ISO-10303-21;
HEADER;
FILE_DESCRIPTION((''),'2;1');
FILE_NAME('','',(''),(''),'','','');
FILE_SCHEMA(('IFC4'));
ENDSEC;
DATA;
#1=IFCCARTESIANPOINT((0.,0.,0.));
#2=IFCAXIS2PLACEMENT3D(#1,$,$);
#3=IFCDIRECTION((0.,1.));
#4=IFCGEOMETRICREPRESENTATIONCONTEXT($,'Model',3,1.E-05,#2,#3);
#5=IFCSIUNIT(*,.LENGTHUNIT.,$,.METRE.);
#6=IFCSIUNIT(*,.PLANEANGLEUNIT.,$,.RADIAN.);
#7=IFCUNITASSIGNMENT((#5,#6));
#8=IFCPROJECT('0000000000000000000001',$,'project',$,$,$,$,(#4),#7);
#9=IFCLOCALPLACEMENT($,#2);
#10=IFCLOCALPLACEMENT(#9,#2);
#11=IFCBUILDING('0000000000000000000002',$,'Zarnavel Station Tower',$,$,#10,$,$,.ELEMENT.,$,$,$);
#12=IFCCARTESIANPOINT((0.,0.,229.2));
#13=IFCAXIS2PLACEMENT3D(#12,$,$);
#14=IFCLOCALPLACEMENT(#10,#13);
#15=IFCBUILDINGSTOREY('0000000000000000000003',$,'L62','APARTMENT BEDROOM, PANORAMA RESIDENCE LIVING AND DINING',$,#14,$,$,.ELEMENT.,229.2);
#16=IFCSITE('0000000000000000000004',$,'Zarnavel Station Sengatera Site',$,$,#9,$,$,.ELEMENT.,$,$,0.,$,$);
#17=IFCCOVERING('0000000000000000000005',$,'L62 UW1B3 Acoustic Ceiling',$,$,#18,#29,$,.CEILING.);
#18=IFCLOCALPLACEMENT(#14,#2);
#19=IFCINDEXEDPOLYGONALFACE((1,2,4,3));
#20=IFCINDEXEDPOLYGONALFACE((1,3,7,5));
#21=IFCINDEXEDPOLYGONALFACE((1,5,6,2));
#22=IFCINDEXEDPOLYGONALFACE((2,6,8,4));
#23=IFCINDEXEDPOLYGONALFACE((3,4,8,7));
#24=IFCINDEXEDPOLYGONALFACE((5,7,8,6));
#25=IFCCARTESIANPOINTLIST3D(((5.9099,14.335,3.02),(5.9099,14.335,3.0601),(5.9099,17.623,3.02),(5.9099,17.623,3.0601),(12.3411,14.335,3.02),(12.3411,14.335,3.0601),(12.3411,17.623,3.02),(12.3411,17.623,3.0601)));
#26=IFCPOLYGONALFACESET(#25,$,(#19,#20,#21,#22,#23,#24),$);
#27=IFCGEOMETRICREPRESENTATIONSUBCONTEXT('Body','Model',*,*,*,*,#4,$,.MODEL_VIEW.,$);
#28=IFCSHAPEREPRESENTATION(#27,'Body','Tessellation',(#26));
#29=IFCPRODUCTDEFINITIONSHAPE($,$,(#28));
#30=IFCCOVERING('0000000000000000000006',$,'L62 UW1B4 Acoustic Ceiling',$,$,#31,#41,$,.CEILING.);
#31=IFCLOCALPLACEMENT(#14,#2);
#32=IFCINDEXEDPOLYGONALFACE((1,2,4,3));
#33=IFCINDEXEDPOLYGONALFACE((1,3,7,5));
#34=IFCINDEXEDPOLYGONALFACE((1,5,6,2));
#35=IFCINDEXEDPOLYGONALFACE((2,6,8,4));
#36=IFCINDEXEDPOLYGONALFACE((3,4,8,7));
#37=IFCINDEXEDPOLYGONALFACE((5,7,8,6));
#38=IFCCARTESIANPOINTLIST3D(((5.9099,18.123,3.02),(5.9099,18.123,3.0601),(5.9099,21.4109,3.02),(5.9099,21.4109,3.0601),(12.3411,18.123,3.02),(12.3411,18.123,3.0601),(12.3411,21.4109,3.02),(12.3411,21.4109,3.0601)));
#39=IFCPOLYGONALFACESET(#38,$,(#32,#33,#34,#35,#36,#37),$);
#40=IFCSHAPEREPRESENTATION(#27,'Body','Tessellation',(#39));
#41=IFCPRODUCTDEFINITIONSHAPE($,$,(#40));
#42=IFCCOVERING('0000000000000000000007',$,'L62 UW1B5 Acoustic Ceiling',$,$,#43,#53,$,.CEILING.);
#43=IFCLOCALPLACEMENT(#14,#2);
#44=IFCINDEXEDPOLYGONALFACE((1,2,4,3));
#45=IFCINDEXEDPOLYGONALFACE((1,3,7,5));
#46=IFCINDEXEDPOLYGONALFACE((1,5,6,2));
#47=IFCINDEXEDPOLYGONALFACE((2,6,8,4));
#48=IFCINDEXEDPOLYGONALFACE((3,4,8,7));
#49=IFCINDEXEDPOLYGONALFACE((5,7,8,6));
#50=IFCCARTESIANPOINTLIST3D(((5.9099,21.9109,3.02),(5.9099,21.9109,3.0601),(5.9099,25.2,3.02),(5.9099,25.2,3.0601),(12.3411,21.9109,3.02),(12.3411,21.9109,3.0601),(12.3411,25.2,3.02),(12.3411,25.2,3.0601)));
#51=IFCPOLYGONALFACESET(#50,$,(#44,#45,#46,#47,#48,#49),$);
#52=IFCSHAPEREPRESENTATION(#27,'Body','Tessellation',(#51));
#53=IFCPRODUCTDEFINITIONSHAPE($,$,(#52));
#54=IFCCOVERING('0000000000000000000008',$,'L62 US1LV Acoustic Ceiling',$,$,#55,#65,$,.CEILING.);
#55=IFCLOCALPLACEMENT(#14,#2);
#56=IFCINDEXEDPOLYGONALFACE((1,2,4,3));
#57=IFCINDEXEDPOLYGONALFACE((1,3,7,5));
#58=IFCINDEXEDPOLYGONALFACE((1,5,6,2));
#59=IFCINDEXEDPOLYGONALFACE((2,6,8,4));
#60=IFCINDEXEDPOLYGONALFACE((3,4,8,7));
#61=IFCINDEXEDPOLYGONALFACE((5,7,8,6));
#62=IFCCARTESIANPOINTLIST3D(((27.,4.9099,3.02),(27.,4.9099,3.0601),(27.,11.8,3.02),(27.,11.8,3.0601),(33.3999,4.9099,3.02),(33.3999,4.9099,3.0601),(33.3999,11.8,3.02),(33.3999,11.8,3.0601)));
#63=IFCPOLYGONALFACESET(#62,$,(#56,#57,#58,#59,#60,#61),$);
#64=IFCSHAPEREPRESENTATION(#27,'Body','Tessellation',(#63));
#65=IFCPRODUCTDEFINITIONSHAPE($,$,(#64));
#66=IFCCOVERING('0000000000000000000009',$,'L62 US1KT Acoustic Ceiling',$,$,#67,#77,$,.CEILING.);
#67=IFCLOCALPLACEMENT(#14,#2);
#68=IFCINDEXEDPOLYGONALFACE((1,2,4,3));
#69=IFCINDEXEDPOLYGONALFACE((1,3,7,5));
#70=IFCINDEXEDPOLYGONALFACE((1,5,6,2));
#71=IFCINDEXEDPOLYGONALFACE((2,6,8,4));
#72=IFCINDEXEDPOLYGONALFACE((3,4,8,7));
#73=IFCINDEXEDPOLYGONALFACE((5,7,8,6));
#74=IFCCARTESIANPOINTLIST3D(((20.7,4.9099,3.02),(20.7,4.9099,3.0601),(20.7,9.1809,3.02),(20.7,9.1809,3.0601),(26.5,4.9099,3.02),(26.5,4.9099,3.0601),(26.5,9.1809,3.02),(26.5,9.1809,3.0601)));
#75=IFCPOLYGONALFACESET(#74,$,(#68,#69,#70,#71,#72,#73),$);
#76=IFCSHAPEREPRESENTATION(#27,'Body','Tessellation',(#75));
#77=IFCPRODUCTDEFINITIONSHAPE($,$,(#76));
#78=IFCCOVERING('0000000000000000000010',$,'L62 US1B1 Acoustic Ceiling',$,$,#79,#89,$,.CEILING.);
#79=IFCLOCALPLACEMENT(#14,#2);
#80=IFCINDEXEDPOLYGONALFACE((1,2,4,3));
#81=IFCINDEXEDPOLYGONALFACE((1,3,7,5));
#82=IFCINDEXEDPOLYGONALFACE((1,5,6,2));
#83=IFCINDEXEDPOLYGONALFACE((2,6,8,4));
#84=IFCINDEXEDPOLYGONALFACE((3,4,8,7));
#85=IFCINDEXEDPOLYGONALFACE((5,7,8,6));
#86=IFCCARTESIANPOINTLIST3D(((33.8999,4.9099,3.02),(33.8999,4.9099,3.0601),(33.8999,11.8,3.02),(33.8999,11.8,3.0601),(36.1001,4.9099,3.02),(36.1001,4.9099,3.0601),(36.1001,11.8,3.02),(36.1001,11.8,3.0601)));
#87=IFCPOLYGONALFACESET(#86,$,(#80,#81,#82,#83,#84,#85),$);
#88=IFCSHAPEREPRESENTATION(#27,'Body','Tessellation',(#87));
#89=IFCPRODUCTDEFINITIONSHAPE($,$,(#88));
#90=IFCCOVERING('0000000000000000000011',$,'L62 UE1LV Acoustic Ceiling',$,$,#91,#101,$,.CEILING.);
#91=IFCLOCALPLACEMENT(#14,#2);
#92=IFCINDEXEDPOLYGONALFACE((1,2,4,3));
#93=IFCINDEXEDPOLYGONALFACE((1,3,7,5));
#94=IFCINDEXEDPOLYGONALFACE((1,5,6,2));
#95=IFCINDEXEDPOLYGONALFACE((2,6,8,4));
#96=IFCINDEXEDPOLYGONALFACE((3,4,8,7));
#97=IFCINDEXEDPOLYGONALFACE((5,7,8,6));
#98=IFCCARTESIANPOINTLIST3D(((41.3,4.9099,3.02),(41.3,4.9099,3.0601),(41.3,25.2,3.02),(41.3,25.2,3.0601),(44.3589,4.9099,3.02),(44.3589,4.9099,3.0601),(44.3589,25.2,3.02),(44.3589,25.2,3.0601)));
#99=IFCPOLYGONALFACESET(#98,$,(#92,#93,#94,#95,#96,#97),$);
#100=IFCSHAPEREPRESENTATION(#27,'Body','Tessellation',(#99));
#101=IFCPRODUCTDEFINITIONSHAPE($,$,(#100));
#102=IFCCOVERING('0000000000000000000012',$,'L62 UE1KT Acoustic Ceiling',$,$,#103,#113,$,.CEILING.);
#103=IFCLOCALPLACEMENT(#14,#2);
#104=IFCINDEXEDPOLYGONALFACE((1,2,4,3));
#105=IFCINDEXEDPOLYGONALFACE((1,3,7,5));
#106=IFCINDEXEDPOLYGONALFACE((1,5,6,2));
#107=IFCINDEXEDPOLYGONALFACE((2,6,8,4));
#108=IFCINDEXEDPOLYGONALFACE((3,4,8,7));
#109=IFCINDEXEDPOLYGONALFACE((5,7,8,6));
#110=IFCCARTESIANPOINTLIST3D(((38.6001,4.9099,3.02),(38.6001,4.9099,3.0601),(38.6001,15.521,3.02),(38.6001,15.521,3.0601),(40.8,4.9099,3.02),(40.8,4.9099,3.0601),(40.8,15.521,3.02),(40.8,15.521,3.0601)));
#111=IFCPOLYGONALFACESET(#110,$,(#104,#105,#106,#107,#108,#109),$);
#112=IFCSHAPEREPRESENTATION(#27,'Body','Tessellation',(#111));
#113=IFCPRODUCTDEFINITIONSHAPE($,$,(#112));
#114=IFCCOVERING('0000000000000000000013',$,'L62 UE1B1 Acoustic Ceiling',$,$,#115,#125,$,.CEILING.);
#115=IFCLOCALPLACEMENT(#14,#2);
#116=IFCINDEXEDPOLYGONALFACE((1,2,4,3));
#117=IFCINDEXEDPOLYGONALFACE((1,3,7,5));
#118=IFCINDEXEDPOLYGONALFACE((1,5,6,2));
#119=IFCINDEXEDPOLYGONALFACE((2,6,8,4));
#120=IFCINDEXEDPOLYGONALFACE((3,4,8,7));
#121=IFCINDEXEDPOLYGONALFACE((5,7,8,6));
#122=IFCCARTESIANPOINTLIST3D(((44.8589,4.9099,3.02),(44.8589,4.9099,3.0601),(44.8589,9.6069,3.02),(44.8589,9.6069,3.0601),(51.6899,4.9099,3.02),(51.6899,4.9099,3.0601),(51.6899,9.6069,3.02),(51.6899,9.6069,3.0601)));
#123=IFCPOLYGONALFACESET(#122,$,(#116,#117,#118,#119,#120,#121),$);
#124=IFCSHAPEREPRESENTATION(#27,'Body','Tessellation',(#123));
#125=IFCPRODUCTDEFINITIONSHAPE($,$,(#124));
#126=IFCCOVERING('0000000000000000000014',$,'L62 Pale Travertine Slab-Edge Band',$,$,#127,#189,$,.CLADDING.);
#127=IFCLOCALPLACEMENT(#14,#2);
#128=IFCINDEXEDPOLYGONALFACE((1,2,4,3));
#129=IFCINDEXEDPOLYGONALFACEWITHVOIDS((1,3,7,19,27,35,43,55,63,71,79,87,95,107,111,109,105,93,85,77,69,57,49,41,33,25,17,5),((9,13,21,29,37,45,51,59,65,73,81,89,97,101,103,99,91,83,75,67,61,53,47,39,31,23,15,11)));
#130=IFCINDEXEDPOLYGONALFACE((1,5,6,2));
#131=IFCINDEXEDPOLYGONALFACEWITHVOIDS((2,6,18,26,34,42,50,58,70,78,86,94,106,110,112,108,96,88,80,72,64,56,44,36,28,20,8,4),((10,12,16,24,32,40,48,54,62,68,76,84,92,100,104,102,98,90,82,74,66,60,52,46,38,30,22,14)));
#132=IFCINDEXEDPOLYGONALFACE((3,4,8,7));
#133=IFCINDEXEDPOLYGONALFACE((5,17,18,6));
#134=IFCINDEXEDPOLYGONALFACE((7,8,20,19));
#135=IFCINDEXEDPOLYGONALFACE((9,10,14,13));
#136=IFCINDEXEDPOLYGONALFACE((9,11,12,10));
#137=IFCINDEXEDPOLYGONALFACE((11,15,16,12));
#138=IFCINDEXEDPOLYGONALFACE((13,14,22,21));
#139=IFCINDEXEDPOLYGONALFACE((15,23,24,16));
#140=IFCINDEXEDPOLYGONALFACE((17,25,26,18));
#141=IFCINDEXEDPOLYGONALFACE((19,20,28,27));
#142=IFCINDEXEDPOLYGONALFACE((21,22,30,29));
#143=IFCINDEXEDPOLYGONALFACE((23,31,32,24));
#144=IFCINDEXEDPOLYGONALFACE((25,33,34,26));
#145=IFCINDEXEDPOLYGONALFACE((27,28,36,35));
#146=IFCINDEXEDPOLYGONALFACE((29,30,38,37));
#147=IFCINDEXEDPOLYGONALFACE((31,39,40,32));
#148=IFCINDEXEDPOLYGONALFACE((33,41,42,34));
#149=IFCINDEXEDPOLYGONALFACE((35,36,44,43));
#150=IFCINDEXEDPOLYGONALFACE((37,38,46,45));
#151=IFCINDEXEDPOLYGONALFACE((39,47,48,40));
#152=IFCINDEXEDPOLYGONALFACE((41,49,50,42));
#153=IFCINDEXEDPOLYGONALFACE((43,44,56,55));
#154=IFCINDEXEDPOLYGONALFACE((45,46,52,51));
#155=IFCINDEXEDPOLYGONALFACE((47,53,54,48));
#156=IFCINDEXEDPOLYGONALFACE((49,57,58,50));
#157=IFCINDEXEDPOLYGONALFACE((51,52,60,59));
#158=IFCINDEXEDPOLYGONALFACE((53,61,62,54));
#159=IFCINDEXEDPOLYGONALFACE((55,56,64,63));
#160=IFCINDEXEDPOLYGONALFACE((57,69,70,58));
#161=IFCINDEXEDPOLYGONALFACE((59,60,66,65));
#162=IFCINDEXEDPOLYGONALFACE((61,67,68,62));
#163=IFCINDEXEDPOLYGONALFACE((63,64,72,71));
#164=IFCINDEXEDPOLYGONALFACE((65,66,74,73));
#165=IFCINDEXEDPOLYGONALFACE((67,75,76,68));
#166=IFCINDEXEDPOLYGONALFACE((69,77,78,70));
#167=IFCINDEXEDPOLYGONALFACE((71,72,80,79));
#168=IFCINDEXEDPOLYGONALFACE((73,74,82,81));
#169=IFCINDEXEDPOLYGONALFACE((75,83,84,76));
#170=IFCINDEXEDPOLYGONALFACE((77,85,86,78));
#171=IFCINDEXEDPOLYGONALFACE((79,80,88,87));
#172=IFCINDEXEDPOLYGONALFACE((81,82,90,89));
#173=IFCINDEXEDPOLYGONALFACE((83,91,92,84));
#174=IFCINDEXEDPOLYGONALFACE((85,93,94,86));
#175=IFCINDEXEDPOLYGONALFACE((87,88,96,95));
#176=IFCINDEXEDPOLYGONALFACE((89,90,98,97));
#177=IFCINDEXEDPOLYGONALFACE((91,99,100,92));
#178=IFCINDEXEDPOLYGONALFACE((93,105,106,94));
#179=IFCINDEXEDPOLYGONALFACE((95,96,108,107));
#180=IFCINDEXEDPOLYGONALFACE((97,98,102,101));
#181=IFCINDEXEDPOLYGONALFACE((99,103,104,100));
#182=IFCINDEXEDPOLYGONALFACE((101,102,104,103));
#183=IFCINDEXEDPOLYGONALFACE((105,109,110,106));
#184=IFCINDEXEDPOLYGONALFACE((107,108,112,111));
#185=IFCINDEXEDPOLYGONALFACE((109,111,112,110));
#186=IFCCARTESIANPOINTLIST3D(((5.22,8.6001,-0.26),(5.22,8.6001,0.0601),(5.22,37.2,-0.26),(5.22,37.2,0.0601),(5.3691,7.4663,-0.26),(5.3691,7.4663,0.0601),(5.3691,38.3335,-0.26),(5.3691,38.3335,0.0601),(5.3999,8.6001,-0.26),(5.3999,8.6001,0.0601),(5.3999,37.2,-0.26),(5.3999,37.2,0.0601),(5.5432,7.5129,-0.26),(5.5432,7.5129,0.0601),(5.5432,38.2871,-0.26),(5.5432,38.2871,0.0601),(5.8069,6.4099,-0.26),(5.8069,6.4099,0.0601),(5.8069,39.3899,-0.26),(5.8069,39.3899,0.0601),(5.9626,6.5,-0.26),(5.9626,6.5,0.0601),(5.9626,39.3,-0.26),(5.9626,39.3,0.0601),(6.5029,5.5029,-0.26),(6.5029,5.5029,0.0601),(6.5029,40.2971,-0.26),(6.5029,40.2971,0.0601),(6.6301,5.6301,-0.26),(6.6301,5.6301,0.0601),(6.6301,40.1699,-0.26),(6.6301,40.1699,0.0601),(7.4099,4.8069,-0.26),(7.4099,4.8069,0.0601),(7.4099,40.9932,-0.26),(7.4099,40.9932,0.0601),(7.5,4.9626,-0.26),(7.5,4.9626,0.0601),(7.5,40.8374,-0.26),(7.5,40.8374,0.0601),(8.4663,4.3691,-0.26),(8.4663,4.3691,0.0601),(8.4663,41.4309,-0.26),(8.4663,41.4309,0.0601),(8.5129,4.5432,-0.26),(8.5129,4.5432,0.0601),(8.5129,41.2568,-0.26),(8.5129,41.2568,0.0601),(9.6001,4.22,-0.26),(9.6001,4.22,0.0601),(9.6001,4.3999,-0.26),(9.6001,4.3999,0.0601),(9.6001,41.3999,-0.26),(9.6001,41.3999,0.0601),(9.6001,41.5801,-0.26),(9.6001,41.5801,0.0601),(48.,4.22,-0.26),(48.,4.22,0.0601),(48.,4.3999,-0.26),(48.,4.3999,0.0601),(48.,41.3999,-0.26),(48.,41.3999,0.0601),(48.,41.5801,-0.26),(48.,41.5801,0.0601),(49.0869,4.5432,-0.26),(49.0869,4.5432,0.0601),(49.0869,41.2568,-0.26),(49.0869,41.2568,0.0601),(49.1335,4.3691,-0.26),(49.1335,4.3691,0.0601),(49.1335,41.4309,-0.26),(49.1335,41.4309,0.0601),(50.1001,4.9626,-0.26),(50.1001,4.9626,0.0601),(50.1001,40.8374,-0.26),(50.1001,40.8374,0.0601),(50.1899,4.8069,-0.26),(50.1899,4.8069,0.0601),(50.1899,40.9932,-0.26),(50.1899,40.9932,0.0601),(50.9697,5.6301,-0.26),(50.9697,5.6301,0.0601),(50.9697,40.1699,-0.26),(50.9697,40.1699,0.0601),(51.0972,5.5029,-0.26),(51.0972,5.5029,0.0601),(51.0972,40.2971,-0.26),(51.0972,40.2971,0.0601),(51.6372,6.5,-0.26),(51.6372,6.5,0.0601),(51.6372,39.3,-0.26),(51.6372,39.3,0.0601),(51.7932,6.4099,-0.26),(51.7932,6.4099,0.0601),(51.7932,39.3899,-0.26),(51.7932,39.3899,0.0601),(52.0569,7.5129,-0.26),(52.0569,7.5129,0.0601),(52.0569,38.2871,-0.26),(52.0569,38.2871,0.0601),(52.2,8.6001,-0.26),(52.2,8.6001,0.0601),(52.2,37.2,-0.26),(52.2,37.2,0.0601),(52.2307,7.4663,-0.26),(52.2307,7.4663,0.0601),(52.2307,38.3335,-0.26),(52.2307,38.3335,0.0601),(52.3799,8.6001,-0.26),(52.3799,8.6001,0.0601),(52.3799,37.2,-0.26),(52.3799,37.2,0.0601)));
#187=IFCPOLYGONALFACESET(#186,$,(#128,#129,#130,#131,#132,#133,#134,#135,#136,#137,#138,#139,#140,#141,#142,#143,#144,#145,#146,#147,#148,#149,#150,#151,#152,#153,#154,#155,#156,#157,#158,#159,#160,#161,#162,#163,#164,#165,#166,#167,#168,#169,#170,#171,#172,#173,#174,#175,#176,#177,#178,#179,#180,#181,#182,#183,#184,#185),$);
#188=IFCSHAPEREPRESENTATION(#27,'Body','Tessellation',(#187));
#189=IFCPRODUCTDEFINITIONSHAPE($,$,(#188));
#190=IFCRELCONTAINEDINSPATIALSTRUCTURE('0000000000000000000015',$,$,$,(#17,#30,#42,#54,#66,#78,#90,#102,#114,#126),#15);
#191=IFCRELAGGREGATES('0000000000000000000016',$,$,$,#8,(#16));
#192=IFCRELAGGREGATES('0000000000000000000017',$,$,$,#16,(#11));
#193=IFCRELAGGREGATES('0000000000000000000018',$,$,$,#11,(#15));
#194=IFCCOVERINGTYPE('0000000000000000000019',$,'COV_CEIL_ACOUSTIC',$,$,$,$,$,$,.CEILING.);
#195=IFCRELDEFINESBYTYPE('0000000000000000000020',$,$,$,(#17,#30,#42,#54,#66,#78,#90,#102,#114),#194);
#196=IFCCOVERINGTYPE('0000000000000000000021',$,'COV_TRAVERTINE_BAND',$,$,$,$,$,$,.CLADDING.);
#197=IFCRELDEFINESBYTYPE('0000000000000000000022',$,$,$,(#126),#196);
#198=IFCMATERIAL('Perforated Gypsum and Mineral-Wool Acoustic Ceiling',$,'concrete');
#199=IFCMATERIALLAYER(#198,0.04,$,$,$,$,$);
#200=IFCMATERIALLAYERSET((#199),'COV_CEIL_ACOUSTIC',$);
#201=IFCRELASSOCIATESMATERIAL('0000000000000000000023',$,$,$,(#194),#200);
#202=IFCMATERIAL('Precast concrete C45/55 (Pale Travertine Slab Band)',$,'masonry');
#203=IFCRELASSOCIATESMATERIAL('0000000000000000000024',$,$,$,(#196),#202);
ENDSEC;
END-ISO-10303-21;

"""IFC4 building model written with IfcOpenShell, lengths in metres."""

from ifc_helpers import new_model, si_unit, direction, frame, origin, place, context, subcontext, project, spatial, polyline, outline, extrude, material, layer, layer_set, type_object, element, save


model = new_model("IFC4")

# Units and contexts
model_context = context("Model", 3, precision=1e-05, world=origin(), true_north=direction((0.0, 1.0)))
body_context = subcontext(model_context, "Body", "Model", "MODEL_VIEW")
ifc_project = project(units=[si_unit("LENGTHUNIT", "METRE"), si_unit("PLANEANGLEUNIT", "RADIAN")], contexts=[model_context])

# Site, building, storey
site_placement = place(None, origin())
site = spatial("IfcSite", under=ifc_project, at=site_placement, Name="Zarnavel Station Sengatera Site", CompositionType="ELEMENT", RefElevation=0.0)
building_placement = place(site_placement, origin())
building = spatial("IfcBuilding", under=site, at=building_placement, Name="Zarnavel Station Tower", CompositionType="ELEMENT")
storey_placement = place(building_placement, frame((0.0, 0.0, 229.2)))
storey = spatial("IfcBuildingStorey", under=building, at=storey_placement, Name="L62", Description="APARTMENT BEDROOM, PANORAMA RESIDENCE LIVING AND DINING", CompositionType="ELEMENT", Elevation=229.2)

# Coverings
ifc_material_1 = material(Name="Perforated Gypsum and Mineral-Wool Acoustic Ceiling", Category="concrete")
ifc_layer_1 = layer(ifc_material_1, 0.04)
ifc_layer_set_1 = layer_set([ifc_layer_1], Name="COV_CEIL_ACOUSTIC")
covering_type_1 = type_object("IfcCoveringType", Name="COV_CEIL_ACOUSTIC", PredefinedType="CEILING", material=ifc_layer_set_1)
covering_1_placement = place(storey_placement, frame((0.0, 0.0, 3.02)))
element("IfcCovering", 1, at=covering_1_placement, inside=storey, type_object=covering_type_1, Name="L62 UW1B3 Acoustic Ceiling", PredefinedType="CEILING", context=body_context, shape_type="SweptSolid", body=[
    extrude(outline(polyline([(5.9099, 14.335), (12.3411, 14.335), (12.3411, 17.623), (5.9099, 17.623), (5.9099, 14.335)])), origin(), (0.0, 0.0, 1.0), 0.04),
])
covering_2_placement = place(storey_placement, frame((0.0, 0.0, 3.02)))
element("IfcCovering", 2, at=covering_2_placement, inside=storey, type_object=covering_type_1, Name="L62 UW1B4 Acoustic Ceiling", PredefinedType="CEILING", context=body_context, shape_type="SweptSolid", body=[
    extrude(outline(polyline([(5.9099, 18.123), (12.3411, 18.123), (12.3411, 21.4109), (5.9099, 21.4109), (5.9099, 18.123)])), origin(), (0.0, 0.0, 1.0), 0.04),
])
covering_3_placement = place(storey_placement, frame((0.0, 0.0, 3.02)))
element("IfcCovering", 3, at=covering_3_placement, inside=storey, type_object=covering_type_1, Name="L62 UW1B5 Acoustic Ceiling", PredefinedType="CEILING", context=body_context, shape_type="SweptSolid", body=[
    extrude(outline(polyline([(5.9099, 21.9109), (12.3411, 21.9109), (12.3411, 25.2), (5.9099, 25.2), (5.9099, 21.9109)])), origin(), (0.0, 0.0, 1.0), 0.04),
])
covering_4_placement = place(storey_placement, frame((0.0, 0.0, 3.02)))
element("IfcCovering", 4, at=covering_4_placement, inside=storey, type_object=covering_type_1, Name="L62 US1LV Acoustic Ceiling", PredefinedType="CEILING", context=body_context, shape_type="SweptSolid", body=[
    extrude(outline(polyline([(27.0, 4.9099), (33.3999, 4.9099), (33.3999, 11.8), (27.0, 11.8), (27.0, 4.9099)])), origin(), (0.0, 0.0, 1.0), 0.04),
])
covering_5_placement = place(storey_placement, frame((0.0, 0.0, 3.02)))
element("IfcCovering", 5, at=covering_5_placement, inside=storey, type_object=covering_type_1, Name="L62 US1KT Acoustic Ceiling", PredefinedType="CEILING", context=body_context, shape_type="SweptSolid", body=[
    extrude(outline(polyline([(20.7, 4.9099), (26.5, 4.9099), (26.5, 9.1809), (20.7, 9.1809), (20.7, 4.9099)])), origin(), (0.0, 0.0, 1.0), 0.04),
])
covering_6_placement = place(storey_placement, frame((0.0, 0.0, 3.02)))
element("IfcCovering", 6, at=covering_6_placement, inside=storey, type_object=covering_type_1, Name="L62 US1B1 Acoustic Ceiling", PredefinedType="CEILING", context=body_context, shape_type="SweptSolid", body=[
    extrude(outline(polyline([(33.8999, 4.9099), (36.1001, 4.9099), (36.1001, 11.8), (33.8999, 11.8), (33.8999, 4.9099)])), origin(), (0.0, 0.0, 1.0), 0.04),
])
covering_7_placement = place(storey_placement, frame((0.0, 0.0, 3.02)))
element("IfcCovering", 7, at=covering_7_placement, inside=storey, type_object=covering_type_1, Name="L62 UE1LV Acoustic Ceiling", PredefinedType="CEILING", context=body_context, shape_type="SweptSolid", body=[
    extrude(outline(polyline([(41.3, 4.9099), (44.3589, 4.9099), (44.3589, 25.2), (41.3, 25.2), (41.3, 4.9099)])), origin(), (0.0, 0.0, 1.0), 0.04),
])
covering_8_placement = place(storey_placement, frame((0.0, 0.0, 3.02)))
element("IfcCovering", 8, at=covering_8_placement, inside=storey, type_object=covering_type_1, Name="L62 UE1KT Acoustic Ceiling", PredefinedType="CEILING", context=body_context, shape_type="SweptSolid", body=[
    extrude(outline(polyline([(38.6001, 4.9099), (40.8, 4.9099), (40.8, 15.521), (38.6001, 15.521), (38.6001, 4.9099)])), origin(), (0.0, 0.0, 1.0), 0.04),
])
covering_9_placement = place(storey_placement, frame((0.0, 0.0, 3.02)))
element("IfcCovering", 9, at=covering_9_placement, inside=storey, type_object=covering_type_1, Name="L62 UE1B1 Acoustic Ceiling", PredefinedType="CEILING", context=body_context, shape_type="SweptSolid", body=[
    extrude(outline(polyline([(44.8589, 4.9099), (51.6899, 4.9099), (51.6899, 9.6069), (44.8589, 9.6069), (44.8589, 4.9099)])), origin(), (0.0, 0.0, 1.0), 0.04),
])
ifc_material_2 = material(Name="Precast concrete C45/55 (Pale Travertine Slab Band)", Category="masonry")
covering_type_2 = type_object("IfcCoveringType", Name="COV_TRAVERTINE_BAND", PredefinedType="CLADDING", material=ifc_material_2)
covering_10_placement = place(storey_placement, frame((0.0, 0.0, -0.26)))
element("IfcCovering", 10, at=covering_10_placement, inside=storey, type_object=covering_type_2, Name="L62 Pale Travertine Slab-Edge Band", PredefinedType="CLADDING", context=body_context, shape_type="SweptSolid", body=[
    extrude(outline(polyline([(48.0, 4.22), (49.1335, 4.3691), (50.1899, 4.8069), (51.0972, 5.5029), (51.7932, 6.4099), (52.2307, 7.4663), (52.3799, 8.6001), (52.3799, 37.2), (52.2307, 38.3335), (51.7932, 39.3899), (51.0972, 40.2971), (50.1899, 40.9932), (49.1335, 41.4309), (48.0, 41.5801), (9.6001, 41.5801), (8.4663, 41.4309), (7.4099, 40.9932), (6.5029, 40.2971), (5.8069, 39.3899), (5.3691, 38.3335), (5.22, 37.2), (5.22, 8.6001), (5.3691, 7.4663), (5.8069, 6.4099), (6.5029, 5.5029), (7.4099, 4.8069), (8.4663, 4.3691), (9.6001, 4.22), (48.0, 4.22)]), holes=[polyline([(48.0, 4.3999), (49.0869, 4.5432), (50.1001, 4.9626), (50.9697, 5.6301), (51.6372, 6.5), (52.0569, 7.5129), (52.2, 8.6001), (52.2, 37.2), (52.0569, 38.2871), (51.6372, 39.3), (50.9697, 40.1699), (50.1001, 40.8374), (49.0869, 41.2568), (48.0, 41.3999), (9.6001, 41.3999), (8.5129, 41.2568), (7.5, 40.8374), (6.6301, 40.1699), (5.9626, 39.3), (5.5432, 38.2871), (5.3999, 37.2), (5.3999, 8.6001), (5.5432, 7.5129), (5.9626, 6.5), (6.6301, 5.6301), (7.5, 4.9626), (8.5129, 4.5432), (9.6001, 4.3999), (48.0, 4.3999)])]), origin(), (0.0, 0.0, 1.0), 0.3201),
])

save(model, "model.ifc")
